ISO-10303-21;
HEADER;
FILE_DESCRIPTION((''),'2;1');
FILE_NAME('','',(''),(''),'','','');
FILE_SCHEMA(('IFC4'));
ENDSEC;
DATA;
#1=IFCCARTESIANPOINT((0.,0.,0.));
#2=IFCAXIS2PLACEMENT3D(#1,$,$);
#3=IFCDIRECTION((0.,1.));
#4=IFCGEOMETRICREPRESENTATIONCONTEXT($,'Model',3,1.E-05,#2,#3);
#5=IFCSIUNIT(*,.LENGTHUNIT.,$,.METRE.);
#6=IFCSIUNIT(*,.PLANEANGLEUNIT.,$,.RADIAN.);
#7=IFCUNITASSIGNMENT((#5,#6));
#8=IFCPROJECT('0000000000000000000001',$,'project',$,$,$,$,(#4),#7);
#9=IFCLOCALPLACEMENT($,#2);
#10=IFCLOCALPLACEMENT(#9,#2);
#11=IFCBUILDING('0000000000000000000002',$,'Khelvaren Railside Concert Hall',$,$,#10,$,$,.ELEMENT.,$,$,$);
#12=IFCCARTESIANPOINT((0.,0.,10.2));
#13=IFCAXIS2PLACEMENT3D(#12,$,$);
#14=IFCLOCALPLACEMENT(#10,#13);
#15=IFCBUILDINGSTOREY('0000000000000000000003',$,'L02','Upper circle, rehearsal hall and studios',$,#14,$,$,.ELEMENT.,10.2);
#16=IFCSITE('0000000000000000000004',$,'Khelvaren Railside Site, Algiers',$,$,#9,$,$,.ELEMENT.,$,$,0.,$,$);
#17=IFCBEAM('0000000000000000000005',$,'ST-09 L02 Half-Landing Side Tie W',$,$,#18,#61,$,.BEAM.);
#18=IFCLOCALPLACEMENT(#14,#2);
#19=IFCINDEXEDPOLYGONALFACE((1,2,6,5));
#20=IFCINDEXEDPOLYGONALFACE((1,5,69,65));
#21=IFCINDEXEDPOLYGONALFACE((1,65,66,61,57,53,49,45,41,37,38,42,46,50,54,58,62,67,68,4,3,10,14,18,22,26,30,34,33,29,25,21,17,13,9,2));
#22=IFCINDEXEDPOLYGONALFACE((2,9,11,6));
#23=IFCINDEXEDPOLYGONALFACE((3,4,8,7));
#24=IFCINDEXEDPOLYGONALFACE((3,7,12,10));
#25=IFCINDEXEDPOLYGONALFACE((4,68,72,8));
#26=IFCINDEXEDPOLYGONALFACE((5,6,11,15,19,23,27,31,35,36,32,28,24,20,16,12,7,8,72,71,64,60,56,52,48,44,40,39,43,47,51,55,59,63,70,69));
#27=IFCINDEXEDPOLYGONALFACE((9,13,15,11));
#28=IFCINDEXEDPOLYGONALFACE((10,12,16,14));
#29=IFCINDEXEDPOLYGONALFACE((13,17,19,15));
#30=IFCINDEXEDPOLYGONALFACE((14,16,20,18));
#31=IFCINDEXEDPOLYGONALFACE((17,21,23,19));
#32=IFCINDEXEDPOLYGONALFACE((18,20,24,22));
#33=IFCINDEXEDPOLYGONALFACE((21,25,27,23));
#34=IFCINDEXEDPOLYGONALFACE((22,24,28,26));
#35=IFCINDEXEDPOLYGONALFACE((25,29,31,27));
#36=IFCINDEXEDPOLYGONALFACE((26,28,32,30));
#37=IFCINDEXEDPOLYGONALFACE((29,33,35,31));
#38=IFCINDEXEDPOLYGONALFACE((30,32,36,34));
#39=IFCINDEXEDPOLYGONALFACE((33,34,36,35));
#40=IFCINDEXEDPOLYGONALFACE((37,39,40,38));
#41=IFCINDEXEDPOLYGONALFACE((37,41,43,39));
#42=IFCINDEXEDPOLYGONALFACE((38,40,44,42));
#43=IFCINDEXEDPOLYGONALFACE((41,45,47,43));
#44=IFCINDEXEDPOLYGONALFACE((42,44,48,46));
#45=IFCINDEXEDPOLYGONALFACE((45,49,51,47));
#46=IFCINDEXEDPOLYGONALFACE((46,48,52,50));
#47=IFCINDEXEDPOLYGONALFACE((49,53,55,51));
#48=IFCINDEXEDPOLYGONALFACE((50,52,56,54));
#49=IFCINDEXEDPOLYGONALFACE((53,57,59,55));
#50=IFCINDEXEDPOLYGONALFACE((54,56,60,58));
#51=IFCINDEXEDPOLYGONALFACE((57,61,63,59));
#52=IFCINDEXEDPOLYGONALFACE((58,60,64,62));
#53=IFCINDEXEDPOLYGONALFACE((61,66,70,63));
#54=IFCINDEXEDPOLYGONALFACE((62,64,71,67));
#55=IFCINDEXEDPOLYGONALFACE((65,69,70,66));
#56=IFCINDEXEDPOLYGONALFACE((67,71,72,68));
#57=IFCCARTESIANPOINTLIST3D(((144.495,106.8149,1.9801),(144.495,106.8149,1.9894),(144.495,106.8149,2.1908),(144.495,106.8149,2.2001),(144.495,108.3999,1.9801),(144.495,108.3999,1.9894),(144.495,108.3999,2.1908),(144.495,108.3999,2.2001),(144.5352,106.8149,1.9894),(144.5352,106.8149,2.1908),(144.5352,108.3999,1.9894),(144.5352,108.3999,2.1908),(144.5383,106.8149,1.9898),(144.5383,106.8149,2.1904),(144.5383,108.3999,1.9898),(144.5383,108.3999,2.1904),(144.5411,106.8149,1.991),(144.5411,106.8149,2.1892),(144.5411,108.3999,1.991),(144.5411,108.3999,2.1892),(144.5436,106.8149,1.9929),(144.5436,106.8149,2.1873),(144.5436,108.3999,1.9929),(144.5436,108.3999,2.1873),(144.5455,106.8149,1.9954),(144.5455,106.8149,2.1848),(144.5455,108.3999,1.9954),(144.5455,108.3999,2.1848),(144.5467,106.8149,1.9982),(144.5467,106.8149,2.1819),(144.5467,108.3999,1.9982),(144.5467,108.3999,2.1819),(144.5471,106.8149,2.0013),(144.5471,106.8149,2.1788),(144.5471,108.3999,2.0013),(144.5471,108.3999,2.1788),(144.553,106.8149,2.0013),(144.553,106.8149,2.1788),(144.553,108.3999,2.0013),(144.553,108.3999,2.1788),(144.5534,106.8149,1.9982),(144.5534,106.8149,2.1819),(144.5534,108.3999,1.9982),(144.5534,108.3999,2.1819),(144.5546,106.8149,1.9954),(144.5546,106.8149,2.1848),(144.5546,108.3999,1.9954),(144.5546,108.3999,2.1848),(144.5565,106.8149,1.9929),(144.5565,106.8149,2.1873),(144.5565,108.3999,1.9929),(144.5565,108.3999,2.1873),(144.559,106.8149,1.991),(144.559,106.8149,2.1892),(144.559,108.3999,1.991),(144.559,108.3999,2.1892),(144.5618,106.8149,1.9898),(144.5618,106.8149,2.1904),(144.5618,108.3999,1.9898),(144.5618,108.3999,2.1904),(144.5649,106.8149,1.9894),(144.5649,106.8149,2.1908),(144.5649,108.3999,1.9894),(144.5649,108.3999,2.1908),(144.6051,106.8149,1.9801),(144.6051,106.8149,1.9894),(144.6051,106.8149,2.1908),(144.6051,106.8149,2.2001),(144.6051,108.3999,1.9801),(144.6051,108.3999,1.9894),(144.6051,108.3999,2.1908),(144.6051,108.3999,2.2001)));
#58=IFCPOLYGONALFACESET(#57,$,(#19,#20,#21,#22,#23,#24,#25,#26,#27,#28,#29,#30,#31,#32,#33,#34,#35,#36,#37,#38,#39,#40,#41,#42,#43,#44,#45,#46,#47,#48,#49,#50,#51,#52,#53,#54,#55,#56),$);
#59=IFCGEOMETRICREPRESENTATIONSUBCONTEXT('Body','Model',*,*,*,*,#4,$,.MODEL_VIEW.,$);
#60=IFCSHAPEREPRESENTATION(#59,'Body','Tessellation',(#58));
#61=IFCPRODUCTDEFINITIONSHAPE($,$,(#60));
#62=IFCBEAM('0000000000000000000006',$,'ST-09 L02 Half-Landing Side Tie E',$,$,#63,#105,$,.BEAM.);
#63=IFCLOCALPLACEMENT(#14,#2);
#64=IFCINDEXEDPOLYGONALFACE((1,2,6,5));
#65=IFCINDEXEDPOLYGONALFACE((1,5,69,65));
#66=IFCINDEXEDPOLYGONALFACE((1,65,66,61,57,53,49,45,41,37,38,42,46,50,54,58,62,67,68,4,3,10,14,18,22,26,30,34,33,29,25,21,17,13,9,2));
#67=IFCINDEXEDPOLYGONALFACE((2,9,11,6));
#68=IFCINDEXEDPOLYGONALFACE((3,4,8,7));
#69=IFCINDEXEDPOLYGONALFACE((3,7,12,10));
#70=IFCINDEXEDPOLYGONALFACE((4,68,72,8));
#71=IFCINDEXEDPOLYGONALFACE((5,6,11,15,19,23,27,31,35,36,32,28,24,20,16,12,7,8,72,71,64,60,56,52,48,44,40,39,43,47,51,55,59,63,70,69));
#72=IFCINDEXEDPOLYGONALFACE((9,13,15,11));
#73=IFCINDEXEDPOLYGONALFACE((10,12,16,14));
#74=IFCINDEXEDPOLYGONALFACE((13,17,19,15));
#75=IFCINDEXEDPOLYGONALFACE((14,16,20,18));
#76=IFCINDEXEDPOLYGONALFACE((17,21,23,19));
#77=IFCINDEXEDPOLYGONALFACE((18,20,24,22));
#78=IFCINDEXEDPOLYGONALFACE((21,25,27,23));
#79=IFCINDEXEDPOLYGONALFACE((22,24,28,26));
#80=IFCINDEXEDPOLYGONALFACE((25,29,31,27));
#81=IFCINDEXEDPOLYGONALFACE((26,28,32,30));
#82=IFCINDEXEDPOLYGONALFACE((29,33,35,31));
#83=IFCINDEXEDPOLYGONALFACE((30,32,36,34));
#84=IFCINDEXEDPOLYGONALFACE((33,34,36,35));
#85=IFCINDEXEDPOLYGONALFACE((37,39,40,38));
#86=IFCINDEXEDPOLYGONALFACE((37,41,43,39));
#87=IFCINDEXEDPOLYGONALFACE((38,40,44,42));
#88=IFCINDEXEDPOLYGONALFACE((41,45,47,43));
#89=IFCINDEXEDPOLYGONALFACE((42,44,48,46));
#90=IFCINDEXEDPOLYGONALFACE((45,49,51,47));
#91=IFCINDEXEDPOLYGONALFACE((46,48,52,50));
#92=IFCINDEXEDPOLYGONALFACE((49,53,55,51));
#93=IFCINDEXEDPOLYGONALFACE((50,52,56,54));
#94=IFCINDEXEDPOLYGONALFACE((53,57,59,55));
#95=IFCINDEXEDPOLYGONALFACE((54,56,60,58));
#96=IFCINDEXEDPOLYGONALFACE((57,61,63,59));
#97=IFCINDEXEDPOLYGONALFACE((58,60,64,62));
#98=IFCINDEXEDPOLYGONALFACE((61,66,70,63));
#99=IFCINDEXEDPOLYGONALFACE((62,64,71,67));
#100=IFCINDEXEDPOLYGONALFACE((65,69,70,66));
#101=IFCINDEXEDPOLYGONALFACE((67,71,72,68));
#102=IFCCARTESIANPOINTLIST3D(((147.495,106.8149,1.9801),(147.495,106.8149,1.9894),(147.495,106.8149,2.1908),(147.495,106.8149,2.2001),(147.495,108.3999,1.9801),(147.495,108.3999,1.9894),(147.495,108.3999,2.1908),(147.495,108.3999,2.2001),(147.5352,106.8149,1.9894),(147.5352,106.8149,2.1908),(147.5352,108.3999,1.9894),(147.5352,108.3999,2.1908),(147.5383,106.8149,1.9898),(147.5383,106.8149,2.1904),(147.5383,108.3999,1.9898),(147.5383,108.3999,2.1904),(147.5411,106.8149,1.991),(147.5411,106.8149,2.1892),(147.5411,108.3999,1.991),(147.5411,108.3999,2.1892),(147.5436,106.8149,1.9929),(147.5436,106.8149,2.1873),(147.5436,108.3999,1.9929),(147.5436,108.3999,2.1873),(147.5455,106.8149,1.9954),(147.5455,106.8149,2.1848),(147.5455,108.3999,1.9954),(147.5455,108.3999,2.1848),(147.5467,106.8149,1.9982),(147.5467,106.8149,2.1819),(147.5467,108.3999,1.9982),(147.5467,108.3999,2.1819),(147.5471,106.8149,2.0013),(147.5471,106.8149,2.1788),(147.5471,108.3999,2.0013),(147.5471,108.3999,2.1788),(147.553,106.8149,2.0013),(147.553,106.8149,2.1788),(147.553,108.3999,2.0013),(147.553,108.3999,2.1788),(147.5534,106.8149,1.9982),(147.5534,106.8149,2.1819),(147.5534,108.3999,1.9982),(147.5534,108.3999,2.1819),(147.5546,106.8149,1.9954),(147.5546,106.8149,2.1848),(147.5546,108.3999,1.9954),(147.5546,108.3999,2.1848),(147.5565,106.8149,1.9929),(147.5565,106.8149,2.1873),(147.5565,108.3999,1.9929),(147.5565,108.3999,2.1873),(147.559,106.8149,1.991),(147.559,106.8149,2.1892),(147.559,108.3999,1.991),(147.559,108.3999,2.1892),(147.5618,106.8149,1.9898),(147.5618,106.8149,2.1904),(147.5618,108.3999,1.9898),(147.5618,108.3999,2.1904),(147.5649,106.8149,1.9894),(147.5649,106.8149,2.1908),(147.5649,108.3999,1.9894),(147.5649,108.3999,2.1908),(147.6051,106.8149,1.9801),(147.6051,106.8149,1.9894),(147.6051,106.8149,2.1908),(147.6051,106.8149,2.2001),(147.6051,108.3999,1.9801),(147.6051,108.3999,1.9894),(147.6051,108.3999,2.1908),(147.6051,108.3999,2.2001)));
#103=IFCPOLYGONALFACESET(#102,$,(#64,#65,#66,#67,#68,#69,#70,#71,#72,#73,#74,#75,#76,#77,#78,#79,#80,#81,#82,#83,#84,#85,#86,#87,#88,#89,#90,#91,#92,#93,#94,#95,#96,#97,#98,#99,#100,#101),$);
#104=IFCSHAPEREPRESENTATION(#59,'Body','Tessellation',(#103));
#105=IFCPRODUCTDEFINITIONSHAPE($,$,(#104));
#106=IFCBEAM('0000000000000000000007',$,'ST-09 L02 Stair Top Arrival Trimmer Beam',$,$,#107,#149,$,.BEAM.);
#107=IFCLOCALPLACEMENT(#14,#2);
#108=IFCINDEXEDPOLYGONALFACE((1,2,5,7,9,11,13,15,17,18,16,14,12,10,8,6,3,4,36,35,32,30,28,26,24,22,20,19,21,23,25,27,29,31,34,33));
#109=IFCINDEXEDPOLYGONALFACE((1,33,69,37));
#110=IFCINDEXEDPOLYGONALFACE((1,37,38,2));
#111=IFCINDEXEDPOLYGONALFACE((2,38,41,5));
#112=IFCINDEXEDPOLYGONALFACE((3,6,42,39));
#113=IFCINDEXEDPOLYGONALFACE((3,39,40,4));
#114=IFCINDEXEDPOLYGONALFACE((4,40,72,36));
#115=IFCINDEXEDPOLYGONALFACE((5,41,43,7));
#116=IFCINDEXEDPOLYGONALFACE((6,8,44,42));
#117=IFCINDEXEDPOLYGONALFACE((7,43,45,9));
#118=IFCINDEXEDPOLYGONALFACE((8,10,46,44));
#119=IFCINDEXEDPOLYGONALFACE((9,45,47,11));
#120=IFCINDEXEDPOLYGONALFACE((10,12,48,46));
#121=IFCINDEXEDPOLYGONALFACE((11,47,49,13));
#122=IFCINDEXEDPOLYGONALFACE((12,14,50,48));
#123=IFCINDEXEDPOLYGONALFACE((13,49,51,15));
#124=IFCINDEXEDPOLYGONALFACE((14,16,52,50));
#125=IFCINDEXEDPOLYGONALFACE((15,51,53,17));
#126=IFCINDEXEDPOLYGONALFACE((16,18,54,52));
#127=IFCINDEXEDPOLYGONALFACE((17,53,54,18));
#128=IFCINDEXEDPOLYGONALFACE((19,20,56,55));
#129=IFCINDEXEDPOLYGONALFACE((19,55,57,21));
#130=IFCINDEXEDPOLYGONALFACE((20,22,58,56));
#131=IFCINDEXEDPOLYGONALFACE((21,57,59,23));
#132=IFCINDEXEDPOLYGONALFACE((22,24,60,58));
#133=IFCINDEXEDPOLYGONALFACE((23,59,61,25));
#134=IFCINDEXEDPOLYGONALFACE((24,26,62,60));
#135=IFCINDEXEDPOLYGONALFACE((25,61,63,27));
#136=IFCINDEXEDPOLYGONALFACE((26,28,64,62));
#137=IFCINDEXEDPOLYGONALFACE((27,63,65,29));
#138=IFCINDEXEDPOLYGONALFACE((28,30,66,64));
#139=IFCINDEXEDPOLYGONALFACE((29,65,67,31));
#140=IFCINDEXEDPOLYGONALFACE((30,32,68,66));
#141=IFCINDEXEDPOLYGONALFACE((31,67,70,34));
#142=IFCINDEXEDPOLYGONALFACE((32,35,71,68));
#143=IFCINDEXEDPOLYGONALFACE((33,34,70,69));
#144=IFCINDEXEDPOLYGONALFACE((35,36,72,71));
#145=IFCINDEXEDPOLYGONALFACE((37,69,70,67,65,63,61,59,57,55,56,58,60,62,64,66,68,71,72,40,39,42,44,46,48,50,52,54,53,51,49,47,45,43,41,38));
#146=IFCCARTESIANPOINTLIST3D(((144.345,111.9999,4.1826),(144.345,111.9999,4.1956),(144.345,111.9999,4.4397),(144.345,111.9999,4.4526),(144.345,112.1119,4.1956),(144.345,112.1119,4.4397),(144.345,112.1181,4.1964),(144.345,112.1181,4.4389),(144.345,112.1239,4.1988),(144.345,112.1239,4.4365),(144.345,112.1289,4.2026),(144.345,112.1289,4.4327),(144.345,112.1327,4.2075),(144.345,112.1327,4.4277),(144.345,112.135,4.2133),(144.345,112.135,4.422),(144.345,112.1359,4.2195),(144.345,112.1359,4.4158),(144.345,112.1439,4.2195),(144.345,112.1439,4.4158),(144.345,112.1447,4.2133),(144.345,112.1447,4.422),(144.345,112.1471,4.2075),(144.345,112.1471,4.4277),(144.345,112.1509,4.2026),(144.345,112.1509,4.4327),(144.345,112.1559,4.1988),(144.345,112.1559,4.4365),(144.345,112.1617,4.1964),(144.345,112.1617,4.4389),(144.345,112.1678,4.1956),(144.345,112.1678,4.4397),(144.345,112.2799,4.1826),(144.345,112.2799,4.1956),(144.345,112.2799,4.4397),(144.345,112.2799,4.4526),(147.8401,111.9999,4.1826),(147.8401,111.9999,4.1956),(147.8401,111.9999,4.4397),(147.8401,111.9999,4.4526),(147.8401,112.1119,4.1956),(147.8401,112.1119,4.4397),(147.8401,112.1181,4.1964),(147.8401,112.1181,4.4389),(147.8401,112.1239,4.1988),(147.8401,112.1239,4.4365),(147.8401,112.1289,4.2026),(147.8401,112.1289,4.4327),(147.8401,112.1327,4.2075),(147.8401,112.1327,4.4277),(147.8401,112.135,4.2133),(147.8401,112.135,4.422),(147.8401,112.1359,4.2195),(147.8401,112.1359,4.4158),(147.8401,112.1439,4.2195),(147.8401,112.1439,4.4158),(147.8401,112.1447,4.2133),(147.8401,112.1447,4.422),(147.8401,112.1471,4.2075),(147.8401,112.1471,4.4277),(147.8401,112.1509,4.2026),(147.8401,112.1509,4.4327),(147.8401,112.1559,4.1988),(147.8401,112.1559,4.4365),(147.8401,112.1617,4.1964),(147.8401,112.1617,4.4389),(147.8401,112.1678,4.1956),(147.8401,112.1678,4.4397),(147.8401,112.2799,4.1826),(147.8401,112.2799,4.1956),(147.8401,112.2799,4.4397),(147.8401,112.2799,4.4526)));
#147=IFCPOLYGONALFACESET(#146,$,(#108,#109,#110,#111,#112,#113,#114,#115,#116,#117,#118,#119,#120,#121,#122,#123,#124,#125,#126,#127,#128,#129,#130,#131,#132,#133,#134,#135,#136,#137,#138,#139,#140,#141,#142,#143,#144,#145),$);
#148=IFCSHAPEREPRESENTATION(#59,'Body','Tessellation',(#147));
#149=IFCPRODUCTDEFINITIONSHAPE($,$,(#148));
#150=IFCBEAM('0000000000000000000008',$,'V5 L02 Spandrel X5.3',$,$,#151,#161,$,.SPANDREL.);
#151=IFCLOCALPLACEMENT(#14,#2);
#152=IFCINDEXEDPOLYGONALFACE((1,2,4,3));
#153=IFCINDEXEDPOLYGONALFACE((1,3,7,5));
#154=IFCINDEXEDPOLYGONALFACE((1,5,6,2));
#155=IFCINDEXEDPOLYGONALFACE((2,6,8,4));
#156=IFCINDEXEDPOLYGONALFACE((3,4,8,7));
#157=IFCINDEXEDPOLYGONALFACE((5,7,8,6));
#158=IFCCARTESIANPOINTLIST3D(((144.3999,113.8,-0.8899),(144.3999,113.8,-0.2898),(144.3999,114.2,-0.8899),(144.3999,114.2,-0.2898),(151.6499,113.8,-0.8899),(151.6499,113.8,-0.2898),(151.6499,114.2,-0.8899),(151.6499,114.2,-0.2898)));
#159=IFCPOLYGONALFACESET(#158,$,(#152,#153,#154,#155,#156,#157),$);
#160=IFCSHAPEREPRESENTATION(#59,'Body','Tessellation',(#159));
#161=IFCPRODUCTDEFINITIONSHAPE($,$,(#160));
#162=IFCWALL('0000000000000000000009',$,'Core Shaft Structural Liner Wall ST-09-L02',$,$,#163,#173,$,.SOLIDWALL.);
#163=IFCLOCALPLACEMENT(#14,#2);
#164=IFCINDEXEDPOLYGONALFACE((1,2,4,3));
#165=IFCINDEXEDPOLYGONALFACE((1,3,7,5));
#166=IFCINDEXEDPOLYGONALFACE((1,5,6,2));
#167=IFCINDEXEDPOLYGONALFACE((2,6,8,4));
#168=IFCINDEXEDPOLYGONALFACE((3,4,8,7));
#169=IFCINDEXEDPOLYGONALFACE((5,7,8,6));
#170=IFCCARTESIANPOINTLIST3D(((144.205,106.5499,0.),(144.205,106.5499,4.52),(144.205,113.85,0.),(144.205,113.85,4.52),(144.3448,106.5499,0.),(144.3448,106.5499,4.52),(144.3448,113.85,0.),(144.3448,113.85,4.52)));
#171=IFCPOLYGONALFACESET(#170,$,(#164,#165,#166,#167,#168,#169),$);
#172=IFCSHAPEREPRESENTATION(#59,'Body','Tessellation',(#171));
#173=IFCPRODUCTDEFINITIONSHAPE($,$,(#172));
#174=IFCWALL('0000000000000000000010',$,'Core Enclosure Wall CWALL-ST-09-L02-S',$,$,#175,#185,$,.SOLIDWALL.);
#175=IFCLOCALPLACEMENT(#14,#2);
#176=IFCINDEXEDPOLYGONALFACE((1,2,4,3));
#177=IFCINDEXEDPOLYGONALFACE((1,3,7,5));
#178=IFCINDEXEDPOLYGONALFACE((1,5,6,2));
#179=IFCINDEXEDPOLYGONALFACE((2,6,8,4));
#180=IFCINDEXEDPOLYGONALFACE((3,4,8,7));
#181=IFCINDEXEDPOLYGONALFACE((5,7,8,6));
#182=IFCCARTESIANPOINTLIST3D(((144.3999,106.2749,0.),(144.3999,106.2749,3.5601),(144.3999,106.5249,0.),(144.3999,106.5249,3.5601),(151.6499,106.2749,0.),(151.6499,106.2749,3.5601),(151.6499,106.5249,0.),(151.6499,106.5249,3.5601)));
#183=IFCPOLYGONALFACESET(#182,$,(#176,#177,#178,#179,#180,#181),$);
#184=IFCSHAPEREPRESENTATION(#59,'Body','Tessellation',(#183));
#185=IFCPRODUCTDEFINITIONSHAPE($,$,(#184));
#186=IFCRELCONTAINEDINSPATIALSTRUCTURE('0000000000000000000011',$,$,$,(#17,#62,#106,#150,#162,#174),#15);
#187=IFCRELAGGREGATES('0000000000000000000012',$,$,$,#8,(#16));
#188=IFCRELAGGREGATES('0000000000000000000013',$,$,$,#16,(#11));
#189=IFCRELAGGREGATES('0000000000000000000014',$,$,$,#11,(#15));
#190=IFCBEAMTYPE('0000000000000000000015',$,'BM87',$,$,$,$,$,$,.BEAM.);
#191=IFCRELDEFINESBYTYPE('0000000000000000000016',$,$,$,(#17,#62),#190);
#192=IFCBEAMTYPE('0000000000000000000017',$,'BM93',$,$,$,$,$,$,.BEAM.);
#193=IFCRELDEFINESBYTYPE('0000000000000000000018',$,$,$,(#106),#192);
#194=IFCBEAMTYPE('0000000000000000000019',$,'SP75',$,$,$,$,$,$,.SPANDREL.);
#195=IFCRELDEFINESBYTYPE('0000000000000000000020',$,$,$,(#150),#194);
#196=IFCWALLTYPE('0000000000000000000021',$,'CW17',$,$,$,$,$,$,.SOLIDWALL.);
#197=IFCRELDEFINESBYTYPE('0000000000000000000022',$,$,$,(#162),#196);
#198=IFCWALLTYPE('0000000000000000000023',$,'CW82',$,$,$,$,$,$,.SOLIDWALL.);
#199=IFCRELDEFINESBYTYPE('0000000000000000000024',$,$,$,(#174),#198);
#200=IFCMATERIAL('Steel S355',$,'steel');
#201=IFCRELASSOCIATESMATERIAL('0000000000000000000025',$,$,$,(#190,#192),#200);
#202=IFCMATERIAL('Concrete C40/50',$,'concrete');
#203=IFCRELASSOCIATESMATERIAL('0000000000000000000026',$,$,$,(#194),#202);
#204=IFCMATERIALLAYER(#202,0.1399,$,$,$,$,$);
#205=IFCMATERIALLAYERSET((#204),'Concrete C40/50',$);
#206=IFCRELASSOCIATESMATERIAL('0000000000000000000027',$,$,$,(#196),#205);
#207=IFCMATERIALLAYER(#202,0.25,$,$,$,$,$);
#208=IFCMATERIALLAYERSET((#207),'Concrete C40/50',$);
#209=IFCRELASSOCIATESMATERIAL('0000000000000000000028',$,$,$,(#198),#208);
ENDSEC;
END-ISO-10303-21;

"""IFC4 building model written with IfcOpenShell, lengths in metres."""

from ifc_helpers import new_model, si_unit, direction, frame, frame_2d, origin, origin_2d, place, context, subcontext, project, spatial, rectangle, i_section, extrude, material, layer, layer_set, material_profile, profile_set, type_object, element, save


model = new_model("IFC4")

# Units and contexts
model_context = context("Model", 3, precision=1e-05, world=origin(), true_north=direction((0.0, 1.0)))
body_context = subcontext(model_context, "Body", "Model", "MODEL_VIEW")
ifc_project = project(units=[si_unit("LENGTHUNIT", "METRE"), si_unit("PLANEANGLEUNIT", "RADIAN")], contexts=[model_context])

# Site, building, storey
site_placement = place(None, origin())
site = spatial("IfcSite", under=ifc_project, at=site_placement, Name="Khelvaren Railside Site, Algiers", CompositionType="ELEMENT", RefElevation=0.0)
building_placement = place(site_placement, origin())
building = spatial("IfcBuilding", under=site, at=building_placement, Name="Khelvaren Railside Concert Hall", CompositionType="ELEMENT")
storey_placement = place(building_placement, frame((0.0, 0.0, 10.2)))
storey = spatial("IfcBuildingStorey", under=building, at=storey_placement, Name="L02", Description="Upper circle, rehearsal hall and studios", CompositionType="ELEMENT", Elevation=10.2)

# Beams
ifc_material_1 = material(Name="Steel S355", Category="steel")
ifc_material_profile_1 = material_profile(ifc_material_1, i_section(OverallWidth=0.1101, OverallDepth=0.22, WebThickness=0.0059, FlangeThickness=0.0093, FilletRadius=0.012, at=origin_2d()), Name="IPE 220")
ifc_profile_set_1 = profile_set([ifc_material_profile_1], Name="Steel S355")
beam_type_1 = type_object("IfcBeamType", Name="BM87", PredefinedType="BEAM", material=ifc_profile_set_1)
for number, where, z_axis, x_axis, name in (
    (1, (144.55, 106.8149, 2.0901), (0.0, 1.0, 0.0), (-1.0, 0.0, 0.0), "ST-09 L02 Half-Landing Side Tie W"),
    (2, (147.55, 106.8149, 2.0901), (0.0, 1.0, 0.0), (-1.0, 0.0, 0.0), "ST-09 L02 Half-Landing Side Tie E"),
):
    element("IfcBeam", number, at=place(storey_placement, frame(where, z_axis=z_axis, x_axis=x_axis)), inside=storey, type_object=beam_type_1, Name=name, PredefinedType="BEAM", context=body_context, shape_type="SweptSolid", body=[
        extrude(i_section(OverallWidth=0.1101, OverallDepth=0.22, WebThickness=0.0059, FlangeThickness=0.0093, FilletRadius=0.012, at=origin_2d()), origin(), (0.0, 0.0, 1.0), 1.585),
    ])
ifc_material_profile_2 = material_profile(ifc_material_1, i_section(OverallWidth=0.28, OverallDepth=0.27, WebThickness=0.0081, FlangeThickness=0.0129, FilletRadius=0.0239, at=origin_2d()), Name="HEA 280")
ifc_profile_set_2 = profile_set([ifc_material_profile_2], Name="Steel S355")
beam_type_2 = type_object("IfcBeamType", Name="BM93", PredefinedType="BEAM", material=ifc_profile_set_2)
beam_1_placement = place(storey_placement, frame((144.345, 112.1399, 4.3176), z_axis=(1.0, 0.0, 0.0), x_axis=(0.0, 1.0, 0.0)))
element("IfcBeam", 3, at=beam_1_placement, inside=storey, type_object=beam_type_2, Name="ST-09 L02 Stair Top Arrival Trimmer Beam", PredefinedType="BEAM", context=body_context, shape_type="SweptSolid", body=[
    extrude(i_section(OverallWidth=0.28, OverallDepth=0.27, WebThickness=0.0081, FlangeThickness=0.0129, FilletRadius=0.0239, at=origin_2d()), origin(), (0.0, 0.0, 1.0), 3.4951),
])
ifc_material_2 = material(Name="Concrete C40/50", Category="concrete")
ifc_material_profile_3 = material_profile(ifc_material_2, rectangle(XDim=0.3999, YDim=0.6001, at=origin_2d()), Name="RCB 400x600")
ifc_profile_set_3 = profile_set([ifc_material_profile_3], Name="Concrete C40/50")
beam_type_3 = type_object("IfcBeamType", Name="SP75", PredefinedType="SPANDREL", material=ifc_profile_set_3)
beam_2_placement = place(storey_placement, frame((144.3999, 114.0, -0.5898), z_axis=(1.0, 0.0, 0.0), x_axis=(0.0, 1.0, 0.0)))
element("IfcBeam", 4, at=beam_2_placement, inside=storey, type_object=beam_type_3, Name="V5 L02 Spandrel X5.3", PredefinedType="SPANDREL", context=body_context, shape_type="SweptSolid", body=[
    extrude(rectangle(XDim=0.3999, YDim=0.6001, at=origin_2d()), origin(), (0.0, 0.0, 1.0), 7.25),
])

# Walls
ifc_layer_1 = layer(ifc_material_2, 0.1399)
ifc_layer_set_1 = layer_set([ifc_layer_1], Name="Concrete C40/50")
wall_type_1 = type_object("IfcWallType", Name="CW17", PredefinedType="SOLIDWALL", material=ifc_layer_set_1)
wall_1_placement = place(storey_placement, frame((144.2749, 106.55, 0.0), z_axis=(0.0, 0.0, 1.0), x_axis=(0.0, 1.0, 0.0)))
element("IfcWall", 5, at=wall_1_placement, inside=storey, type_object=wall_type_1, Name="Core Shaft Structural Liner Wall ST-09-L02", PredefinedType="SOLIDWALL", context=body_context, shape_type="SweptSolid", body=[
    extrude(rectangle(XDim=7.3, YDim=0.1399, at=frame_2d((3.6499, 0.0))), origin(), (0.0, 0.0, 1.0), 4.52),
])
ifc_layer_2 = layer(ifc_material_2, 0.25)
ifc_layer_set_2 = layer_set([ifc_layer_2], Name="Concrete C40/50")
wall_type_2 = type_object("IfcWallType", Name="CW82", PredefinedType="SOLIDWALL", material=ifc_layer_set_2)
wall_2_placement = place(storey_placement, frame((144.3999, 106.3999, 0.0), z_axis=(0.0, 0.0, 1.0), x_axis=(1.0, 0.0, 0.0)))
element("IfcWall", 6, at=wall_2_placement, inside=storey, type_object=wall_type_2, Name="Core Enclosure Wall CWALL-ST-09-L02-S", PredefinedType="SOLIDWALL", context=body_context, shape_type="SweptSolid", body=[
    extrude(rectangle(XDim=7.25, YDim=0.25, at=frame_2d((3.625, 0.0))), origin(), (0.0, 0.0, 1.0), 3.5601),
])

save(model, "model.ifc")
